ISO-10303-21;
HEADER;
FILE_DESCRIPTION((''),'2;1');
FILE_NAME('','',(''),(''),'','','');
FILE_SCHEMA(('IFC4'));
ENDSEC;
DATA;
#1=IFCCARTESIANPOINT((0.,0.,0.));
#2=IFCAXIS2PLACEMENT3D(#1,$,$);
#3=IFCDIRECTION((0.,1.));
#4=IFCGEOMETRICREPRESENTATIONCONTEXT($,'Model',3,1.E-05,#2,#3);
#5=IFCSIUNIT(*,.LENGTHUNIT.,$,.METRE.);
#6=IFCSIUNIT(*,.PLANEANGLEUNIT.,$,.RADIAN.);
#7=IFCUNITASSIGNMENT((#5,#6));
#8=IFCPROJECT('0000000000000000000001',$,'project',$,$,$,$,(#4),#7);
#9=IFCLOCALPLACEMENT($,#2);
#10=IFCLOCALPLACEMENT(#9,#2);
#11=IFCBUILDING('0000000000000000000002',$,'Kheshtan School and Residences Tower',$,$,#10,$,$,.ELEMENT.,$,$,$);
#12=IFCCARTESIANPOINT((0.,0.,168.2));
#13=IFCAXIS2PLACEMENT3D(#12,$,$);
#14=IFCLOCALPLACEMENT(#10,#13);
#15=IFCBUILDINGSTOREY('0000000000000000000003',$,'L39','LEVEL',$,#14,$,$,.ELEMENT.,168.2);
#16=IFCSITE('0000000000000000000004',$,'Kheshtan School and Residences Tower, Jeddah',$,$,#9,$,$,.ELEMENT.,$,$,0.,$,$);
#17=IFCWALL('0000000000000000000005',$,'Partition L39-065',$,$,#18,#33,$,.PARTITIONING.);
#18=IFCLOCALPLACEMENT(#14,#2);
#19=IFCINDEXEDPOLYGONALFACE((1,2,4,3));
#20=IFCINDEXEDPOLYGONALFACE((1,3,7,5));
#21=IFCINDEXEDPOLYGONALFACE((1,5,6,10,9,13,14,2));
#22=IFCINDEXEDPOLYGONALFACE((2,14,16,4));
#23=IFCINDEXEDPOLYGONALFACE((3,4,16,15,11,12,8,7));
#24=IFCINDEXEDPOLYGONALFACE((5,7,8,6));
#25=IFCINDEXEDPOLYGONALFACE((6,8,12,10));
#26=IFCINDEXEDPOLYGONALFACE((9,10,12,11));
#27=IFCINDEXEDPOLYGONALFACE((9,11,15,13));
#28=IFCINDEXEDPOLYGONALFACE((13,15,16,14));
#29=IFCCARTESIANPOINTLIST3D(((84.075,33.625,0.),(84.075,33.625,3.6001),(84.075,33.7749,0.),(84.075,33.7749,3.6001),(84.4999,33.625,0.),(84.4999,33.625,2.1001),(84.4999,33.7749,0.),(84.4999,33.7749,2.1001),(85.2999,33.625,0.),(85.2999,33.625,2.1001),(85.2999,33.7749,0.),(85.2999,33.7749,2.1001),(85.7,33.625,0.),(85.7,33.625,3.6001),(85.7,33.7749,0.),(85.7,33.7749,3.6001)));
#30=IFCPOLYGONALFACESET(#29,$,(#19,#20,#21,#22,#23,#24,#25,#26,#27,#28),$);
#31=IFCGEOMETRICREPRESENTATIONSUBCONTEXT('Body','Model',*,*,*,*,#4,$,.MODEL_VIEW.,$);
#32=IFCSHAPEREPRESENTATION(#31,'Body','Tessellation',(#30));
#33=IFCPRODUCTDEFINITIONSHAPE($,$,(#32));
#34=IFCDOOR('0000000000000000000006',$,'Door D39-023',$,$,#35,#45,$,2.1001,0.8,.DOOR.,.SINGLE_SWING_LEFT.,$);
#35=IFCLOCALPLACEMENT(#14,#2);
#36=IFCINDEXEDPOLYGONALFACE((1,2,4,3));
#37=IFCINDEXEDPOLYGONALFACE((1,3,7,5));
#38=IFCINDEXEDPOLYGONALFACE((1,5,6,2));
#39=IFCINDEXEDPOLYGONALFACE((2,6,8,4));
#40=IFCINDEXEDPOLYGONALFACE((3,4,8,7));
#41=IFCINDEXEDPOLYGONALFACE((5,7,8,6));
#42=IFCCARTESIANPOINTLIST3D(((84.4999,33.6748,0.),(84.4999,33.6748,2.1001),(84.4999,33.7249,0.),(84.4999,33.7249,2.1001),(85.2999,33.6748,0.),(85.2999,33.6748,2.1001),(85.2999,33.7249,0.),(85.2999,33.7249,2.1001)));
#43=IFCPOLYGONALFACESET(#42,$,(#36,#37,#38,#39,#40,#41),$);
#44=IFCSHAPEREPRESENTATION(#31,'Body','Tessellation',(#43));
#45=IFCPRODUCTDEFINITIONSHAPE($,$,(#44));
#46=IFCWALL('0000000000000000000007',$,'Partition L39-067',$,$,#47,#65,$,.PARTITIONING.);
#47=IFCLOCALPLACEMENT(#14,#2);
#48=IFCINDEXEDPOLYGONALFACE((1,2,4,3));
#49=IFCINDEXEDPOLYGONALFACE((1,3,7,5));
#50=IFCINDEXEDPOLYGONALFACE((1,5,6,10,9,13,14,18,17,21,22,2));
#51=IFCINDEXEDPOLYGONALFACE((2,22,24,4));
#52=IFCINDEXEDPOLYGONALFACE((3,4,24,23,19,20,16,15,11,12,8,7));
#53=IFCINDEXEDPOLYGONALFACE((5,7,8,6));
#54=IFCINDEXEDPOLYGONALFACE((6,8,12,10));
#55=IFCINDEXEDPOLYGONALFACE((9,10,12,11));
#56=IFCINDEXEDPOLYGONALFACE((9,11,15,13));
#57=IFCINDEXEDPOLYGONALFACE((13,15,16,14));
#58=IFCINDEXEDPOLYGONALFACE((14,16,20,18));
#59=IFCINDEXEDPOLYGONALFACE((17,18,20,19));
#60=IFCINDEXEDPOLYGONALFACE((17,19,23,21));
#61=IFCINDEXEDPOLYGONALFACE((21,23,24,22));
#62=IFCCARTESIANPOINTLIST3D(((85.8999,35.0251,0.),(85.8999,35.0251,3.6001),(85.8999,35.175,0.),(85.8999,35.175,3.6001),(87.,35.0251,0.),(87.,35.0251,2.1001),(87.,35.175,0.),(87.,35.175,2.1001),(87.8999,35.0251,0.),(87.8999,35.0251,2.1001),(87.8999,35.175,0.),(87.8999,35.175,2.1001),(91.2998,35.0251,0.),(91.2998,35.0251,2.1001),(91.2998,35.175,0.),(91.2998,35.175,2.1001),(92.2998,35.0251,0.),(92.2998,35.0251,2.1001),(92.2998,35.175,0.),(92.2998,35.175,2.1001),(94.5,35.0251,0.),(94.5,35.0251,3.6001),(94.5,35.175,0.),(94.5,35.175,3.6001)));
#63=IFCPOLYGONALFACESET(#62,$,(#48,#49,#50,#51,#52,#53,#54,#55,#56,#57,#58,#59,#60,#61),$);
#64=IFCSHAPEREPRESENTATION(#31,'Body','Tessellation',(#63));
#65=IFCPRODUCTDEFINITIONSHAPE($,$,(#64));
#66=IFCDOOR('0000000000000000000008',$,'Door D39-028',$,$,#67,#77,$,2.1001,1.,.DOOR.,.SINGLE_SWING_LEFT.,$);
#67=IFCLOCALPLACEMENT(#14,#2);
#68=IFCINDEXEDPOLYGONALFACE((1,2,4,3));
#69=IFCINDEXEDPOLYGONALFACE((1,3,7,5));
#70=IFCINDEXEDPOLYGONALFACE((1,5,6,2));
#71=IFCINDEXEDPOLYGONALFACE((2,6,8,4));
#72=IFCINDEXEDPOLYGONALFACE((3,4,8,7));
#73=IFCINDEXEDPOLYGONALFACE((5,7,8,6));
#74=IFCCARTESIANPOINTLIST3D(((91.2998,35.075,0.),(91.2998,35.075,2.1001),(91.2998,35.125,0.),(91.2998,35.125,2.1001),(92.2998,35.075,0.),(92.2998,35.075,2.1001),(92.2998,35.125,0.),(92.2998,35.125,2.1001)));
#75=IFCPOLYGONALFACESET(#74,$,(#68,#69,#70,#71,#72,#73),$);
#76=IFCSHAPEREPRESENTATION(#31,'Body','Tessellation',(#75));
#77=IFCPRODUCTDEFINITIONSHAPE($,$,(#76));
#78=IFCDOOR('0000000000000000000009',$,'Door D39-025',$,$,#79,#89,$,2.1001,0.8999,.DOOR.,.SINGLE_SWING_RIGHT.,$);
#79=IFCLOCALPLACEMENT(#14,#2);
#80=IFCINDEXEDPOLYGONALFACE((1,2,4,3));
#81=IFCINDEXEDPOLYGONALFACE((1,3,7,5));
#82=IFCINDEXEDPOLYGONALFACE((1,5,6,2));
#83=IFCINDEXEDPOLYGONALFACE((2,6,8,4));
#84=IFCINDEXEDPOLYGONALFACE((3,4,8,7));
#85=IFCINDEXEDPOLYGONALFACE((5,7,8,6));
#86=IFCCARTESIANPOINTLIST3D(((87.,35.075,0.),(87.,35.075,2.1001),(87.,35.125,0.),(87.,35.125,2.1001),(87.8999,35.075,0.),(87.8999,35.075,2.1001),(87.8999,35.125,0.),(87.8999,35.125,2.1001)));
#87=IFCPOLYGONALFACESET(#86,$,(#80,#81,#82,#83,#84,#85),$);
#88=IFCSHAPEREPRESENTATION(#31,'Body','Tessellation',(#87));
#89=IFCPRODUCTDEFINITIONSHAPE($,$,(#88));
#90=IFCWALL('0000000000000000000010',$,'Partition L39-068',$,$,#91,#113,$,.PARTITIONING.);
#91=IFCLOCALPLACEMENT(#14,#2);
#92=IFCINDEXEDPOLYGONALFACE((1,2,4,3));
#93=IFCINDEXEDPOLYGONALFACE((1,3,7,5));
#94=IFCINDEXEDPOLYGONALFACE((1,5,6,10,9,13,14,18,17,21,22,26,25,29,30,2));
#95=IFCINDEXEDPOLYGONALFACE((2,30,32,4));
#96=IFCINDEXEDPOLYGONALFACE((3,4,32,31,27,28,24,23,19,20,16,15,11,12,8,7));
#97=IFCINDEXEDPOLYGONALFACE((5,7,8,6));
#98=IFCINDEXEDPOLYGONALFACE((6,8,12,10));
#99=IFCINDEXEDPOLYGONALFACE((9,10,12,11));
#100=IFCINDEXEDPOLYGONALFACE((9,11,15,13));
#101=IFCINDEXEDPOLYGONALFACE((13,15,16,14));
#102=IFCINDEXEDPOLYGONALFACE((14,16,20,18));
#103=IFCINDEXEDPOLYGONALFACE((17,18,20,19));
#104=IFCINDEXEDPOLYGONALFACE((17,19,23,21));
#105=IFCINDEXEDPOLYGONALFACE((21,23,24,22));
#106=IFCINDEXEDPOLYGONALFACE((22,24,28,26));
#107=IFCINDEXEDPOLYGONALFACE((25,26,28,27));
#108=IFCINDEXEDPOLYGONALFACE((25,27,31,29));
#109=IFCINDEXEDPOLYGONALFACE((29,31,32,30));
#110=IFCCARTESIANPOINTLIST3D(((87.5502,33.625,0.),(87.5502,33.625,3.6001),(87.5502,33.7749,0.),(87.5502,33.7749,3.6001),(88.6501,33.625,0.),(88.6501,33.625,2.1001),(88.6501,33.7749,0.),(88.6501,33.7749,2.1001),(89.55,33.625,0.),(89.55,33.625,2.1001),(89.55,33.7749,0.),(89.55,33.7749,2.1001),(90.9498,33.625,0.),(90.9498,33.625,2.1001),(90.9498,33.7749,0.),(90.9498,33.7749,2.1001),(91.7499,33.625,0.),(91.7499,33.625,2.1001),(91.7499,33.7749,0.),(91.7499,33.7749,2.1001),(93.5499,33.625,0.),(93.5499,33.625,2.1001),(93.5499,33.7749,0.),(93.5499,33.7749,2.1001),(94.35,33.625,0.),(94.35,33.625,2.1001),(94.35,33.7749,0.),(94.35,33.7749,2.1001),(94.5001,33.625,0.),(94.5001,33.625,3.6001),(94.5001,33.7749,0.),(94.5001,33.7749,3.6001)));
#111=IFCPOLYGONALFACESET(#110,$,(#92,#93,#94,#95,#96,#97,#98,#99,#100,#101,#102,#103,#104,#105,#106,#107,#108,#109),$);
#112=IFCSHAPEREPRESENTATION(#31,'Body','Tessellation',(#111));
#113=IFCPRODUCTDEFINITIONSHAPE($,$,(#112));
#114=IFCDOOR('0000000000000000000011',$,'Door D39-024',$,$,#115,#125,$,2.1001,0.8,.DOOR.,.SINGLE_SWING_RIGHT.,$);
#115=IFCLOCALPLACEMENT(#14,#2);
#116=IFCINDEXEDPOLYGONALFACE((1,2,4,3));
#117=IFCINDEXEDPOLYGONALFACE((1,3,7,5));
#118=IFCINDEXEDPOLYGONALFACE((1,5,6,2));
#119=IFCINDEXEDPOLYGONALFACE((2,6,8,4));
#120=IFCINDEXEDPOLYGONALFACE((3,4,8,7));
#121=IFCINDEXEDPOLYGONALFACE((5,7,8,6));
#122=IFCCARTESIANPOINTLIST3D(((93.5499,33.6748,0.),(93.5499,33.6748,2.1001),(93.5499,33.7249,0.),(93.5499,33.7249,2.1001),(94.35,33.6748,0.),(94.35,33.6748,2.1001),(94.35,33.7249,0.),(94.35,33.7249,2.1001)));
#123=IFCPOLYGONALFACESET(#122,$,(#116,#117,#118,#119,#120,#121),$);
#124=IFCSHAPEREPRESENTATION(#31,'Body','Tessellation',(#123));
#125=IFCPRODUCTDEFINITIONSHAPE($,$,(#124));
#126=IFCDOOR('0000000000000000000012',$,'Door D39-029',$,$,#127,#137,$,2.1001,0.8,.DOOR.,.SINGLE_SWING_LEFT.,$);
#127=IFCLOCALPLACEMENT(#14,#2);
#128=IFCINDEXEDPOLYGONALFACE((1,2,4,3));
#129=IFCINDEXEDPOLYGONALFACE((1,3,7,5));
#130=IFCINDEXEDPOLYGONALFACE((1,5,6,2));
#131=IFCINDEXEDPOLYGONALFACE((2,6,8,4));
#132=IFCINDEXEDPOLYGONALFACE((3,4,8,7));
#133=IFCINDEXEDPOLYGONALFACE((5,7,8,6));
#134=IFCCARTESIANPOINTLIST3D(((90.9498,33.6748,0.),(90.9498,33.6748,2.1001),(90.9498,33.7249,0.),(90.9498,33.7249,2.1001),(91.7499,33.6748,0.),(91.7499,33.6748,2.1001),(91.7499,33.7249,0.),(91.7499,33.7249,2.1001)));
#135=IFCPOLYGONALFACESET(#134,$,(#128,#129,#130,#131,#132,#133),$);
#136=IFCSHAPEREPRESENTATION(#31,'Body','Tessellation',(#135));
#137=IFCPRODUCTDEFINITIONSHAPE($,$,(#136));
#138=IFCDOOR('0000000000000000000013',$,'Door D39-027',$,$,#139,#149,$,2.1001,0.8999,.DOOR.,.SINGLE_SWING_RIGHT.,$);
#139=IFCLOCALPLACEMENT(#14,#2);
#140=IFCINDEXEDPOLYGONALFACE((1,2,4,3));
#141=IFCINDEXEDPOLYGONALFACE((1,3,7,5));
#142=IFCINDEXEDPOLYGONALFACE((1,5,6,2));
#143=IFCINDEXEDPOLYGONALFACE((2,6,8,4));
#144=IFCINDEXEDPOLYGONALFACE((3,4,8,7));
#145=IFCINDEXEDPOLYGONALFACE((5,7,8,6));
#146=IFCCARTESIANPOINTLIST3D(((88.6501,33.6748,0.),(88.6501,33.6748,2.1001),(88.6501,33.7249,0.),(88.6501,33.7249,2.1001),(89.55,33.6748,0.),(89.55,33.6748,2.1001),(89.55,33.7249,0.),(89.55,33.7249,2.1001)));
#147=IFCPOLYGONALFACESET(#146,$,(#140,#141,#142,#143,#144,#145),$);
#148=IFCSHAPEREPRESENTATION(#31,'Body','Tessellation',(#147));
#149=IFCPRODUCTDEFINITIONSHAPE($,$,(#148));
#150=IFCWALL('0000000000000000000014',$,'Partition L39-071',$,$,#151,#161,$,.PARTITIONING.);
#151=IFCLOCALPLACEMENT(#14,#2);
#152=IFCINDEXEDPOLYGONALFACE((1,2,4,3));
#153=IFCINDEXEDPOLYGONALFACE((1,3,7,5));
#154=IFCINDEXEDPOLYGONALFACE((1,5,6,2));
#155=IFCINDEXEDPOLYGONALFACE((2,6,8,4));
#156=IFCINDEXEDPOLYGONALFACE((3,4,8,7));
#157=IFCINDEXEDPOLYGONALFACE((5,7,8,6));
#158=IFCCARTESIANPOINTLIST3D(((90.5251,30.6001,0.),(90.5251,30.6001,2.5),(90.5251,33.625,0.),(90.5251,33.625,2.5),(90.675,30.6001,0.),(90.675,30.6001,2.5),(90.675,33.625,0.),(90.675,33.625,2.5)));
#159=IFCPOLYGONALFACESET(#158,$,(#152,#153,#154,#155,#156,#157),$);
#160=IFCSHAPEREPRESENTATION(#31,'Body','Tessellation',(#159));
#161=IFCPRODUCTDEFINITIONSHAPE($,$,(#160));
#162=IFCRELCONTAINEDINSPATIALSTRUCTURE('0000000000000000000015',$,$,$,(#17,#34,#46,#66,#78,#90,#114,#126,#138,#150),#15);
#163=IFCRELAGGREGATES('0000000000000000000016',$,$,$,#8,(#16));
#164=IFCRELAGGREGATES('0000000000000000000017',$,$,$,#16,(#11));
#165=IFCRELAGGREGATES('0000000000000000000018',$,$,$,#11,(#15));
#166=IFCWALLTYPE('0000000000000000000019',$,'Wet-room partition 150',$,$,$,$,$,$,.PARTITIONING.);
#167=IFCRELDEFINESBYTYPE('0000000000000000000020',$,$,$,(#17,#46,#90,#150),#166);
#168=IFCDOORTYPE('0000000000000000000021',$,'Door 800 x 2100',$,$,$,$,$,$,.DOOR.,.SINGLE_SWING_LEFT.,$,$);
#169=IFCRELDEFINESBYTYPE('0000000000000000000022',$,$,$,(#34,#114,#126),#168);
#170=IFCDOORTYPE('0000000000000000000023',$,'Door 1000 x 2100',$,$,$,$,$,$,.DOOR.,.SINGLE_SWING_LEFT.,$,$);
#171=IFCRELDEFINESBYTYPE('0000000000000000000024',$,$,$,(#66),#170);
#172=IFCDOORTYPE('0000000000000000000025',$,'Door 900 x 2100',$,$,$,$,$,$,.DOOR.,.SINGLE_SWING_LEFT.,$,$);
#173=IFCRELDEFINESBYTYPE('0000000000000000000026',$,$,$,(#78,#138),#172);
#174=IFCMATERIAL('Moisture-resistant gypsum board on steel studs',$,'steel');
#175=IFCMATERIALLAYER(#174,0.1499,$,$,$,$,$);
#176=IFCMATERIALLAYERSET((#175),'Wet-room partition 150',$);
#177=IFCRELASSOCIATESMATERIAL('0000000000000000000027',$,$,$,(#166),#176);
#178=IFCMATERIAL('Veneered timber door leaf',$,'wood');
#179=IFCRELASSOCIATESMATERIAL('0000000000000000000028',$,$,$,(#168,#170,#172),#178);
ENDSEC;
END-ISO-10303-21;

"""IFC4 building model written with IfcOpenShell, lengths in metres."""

from ifc_helpers import new_model, si_unit, direction, frame, frame_2d, origin, place, context, subcontext, project, spatial, rectangle, extrude, source, transform, mapped, material, layer, layer_set, type_object, element, fill, save


model = new_model("IFC4")

# Units and contexts
model_context = context("Model", 3, precision=1e-05, world=origin(), true_north=direction((0.0, 1.0)))
body_context = subcontext(model_context, "Body", "Model", "MODEL_VIEW")
ifc_project = project(units=[si_unit("LENGTHUNIT", "METRE"), si_unit("PLANEANGLEUNIT", "RADIAN")], contexts=[model_context])

# Site, building, storey
site_placement = place(None, origin())
site = spatial("IfcSite", under=ifc_project, at=site_placement, Name="Kheshtan School and Residences Tower, Jeddah", CompositionType="ELEMENT", RefElevation=0.0)
building_placement = place(site_placement, origin())
building = spatial("IfcBuilding", under=site, at=building_placement, Name="Kheshtan School and Residences Tower", CompositionType="ELEMENT")
storey_placement = place(building_placement, frame((0.0, 0.0, 168.2)))
storey = spatial("IfcBuildingStorey", under=building, at=storey_placement, Name="L39", Description="LEVEL", CompositionType="ELEMENT", Elevation=168.2)

# Wall, opening, door
ifc_material_1 = material(Name="Moisture-resistant gypsum board on steel studs", Category="steel")
ifc_layer_1 = layer(ifc_material_1, 0.1499)
ifc_layer_set_1 = layer_set([ifc_layer_1], Name="Wet-room partition 150")
wall_type_1 = type_object("IfcWallType", Name="Wet-room partition 150", PredefinedType="PARTITIONING", material=ifc_layer_set_1)
wall_1_placement = place(storey_placement, frame((84.075, 33.7, 0.0), z_axis=(0.0, 0.0, 1.0), x_axis=(1.0, 0.0, 0.0)))
wall_1 = element("IfcWall", 1, at=wall_1_placement, inside=storey, type_object=wall_type_1, Name="Partition L39-065", PredefinedType="PARTITIONING", context=body_context, shape_type="SweptSolid", body=[
    extrude(rectangle(XDim=1.625, YDim=0.1499, at=frame_2d((0.8125, 0.0))), origin(), (0.0, 0.0, 1.0), 3.6001),
])
opening_1_placement = place(wall_1_placement, frame((0.425, 0.0, 0.0)))
opening_1 = element("IfcOpeningElement", 2, at=opening_1_placement, cuts=wall_1, PredefinedType="OPENING", context=body_context, shape_type="SweptSolid", body=[
    extrude(rectangle(XDim=0.8, YDim=2.1001, at=frame_2d((0.3999, 1.05))), frame((0.0, 0.085, 0.0), z_axis=(0.0, -1.0, 0.0), x_axis=(1.0, 0.0, 0.0)), (0.0, 0.0, 1.0), 0.1699),
])
ifc_material_2 = material(Name="Veneered timber door leaf", Category="wood")
door_type_1 = type_object("IfcDoorType", Name="Door 800 x 2100", OperationType="SINGLE_SWING_LEFT", PredefinedType="DOOR", material=ifc_material_2)
shared_shape_1 = source(origin(), body_context, "Body", "SweptSolid", [
    extrude(rectangle(XDim=0.8, YDim=2.1001, at=frame_2d((0.3999, 1.05))), frame((0.0, 0.0249, 0.0), z_axis=(0.0, -1.0, 0.0), x_axis=(1.0, 0.0, 0.0)), (0.0, 0.0, 1.0), 0.05),
])
door_1_placement = place(opening_1_placement, origin())
door_1 = element("IfcDoor", 3, at=door_1_placement, inside=storey, type_object=door_type_1, Name="Door D39-023", OperationType="SINGLE_SWING_LEFT", OverallHeight=2.1001, OverallWidth=0.8, PredefinedType="DOOR", context=body_context, shape_type="MappedRepresentation", body=[
    mapped(shared_shape_1, transform((0.0, 0.0, 0.0), x_axis=(1.0, 0.0, 0.0), y_axis=(0.0, 1.0, 0.0), z_axis=(0.0, 0.0, 1.0), scale=1.0)),
])
fill(opening_1, door_1)

# Walls, openings, doors
wall_2_placement = place(storey_placement, frame((85.8999, 35.1001, 0.0), z_axis=(0.0, 0.0, 1.0), x_axis=(1.0, 0.0, 0.0)))
wall_2 = element("IfcWall", 4, at=wall_2_placement, inside=storey, type_object=wall_type_1, Name="Partition L39-067", PredefinedType="PARTITIONING", context=body_context, shape_type="SweptSolid", body=[
    extrude(rectangle(XDim=8.6001, YDim=0.1499, at=frame_2d((4.3, 0.0))), origin(), (0.0, 0.0, 1.0), 3.6001),
])
opening_2_placement = place(wall_2_placement, frame((1.1001, 0.0, 0.0)))
opening_2 = element("IfcOpeningElement", 5, at=opening_2_placement, cuts=wall_2, PredefinedType="OPENING", context=body_context, shape_type="SweptSolid", body=[
    extrude(rectangle(XDim=0.8999, YDim=2.1001, at=frame_2d((0.45, 1.05))), frame((0.0, 0.085, 0.0), z_axis=(0.0, -1.0, 0.0), x_axis=(1.0, 0.0, 0.0)), (0.0, 0.0, 1.0), 0.1699),
])
opening_3_placement = place(wall_2_placement, frame((5.3999, 0.0, 0.0)))
opening_3 = element("IfcOpeningElement", 6, at=opening_3_placement, cuts=wall_2, PredefinedType="OPENING", context=body_context, shape_type="SweptSolid", body=[
    extrude(rectangle(XDim=1.0, YDim=2.1001, at=frame_2d((0.5, 1.05))), frame((0.0, 0.085, 0.0), z_axis=(0.0, -1.0, 0.0), x_axis=(1.0, 0.0, 0.0)), (0.0, 0.0, 1.0), 0.1699),
])
door_type_2 = type_object("IfcDoorType", Name="Door 1000 x 2100", OperationType="SINGLE_SWING_LEFT", PredefinedType="DOOR", material=ifc_material_2)
shared_shape_2 = source(origin(), body_context, "Body", "SweptSolid", [
    extrude(rectangle(XDim=1.0, YDim=2.1001, at=frame_2d((0.5, 1.05))), frame((0.0, 0.0249, 0.0), z_axis=(0.0, -1.0, 0.0), x_axis=(1.0, 0.0, 0.0)), (0.0, 0.0, 1.0), 0.05),
])
door_2_placement = place(opening_3_placement, origin())
door_2 = element("IfcDoor", 7, at=door_2_placement, inside=storey, type_object=door_type_2, Name="Door D39-028", OperationType="SINGLE_SWING_LEFT", OverallHeight=2.1001, OverallWidth=1.0, PredefinedType="DOOR", context=body_context, shape_type="MappedRepresentation", body=[
    mapped(shared_shape_2, transform((0.0, 0.0, 0.0), x_axis=(1.0, 0.0, 0.0), y_axis=(0.0, 1.0, 0.0), z_axis=(0.0, 0.0, 1.0), scale=1.0)),
])
fill(opening_3, door_2)
door_type_3 = type_object("IfcDoorType", Name="Door 900 x 2100", OperationType="SINGLE_SWING_LEFT", PredefinedType="DOOR", material=ifc_material_2)
shared_shape_3 = source(origin(), body_context, "Body", "SweptSolid", [
    extrude(rectangle(XDim=0.8999, YDim=2.1001, at=frame_2d((0.45, 1.05))), frame((0.0, 0.0249, 0.0), z_axis=(0.0, -1.0, 0.0), x_axis=(1.0, 0.0, 0.0)), (0.0, 0.0, 1.0), 0.05),
])
door_3_placement = place(opening_2_placement, origin())
door_3 = element("IfcDoor", 8, at=door_3_placement, inside=storey, type_object=door_type_3, Name="Door D39-025", OperationType="SINGLE_SWING_RIGHT", OverallHeight=2.1001, OverallWidth=0.8999, PredefinedType="DOOR", context=body_context, shape_type="MappedRepresentation", body=[
    mapped(shared_shape_3, transform((0.0, 0.0, 0.0), x_axis=(1.0, 0.0, 0.0), y_axis=(0.0, 1.0, 0.0), z_axis=(0.0, 0.0, 1.0), scale=1.0)),
])
fill(opening_2, door_3)
wall_3_placement = place(storey_placement, frame((87.55, 33.7, 0.0), z_axis=(0.0, 0.0, 1.0), x_axis=(1.0, 0.0, 0.0)))
wall_3 = element("IfcWall", 9, at=wall_3_placement, inside=storey, type_object=wall_type_1, Name="Partition L39-068", PredefinedType="PARTITIONING", context=body_context, shape_type="SweptSolid", body=[
    extrude(rectangle(XDim=6.95, YDim=0.1499, at=frame_2d((3.4751, 0.0))), origin(), (0.0, 0.0, 1.0), 3.6001),
])
opening_4_placement = place(wall_3_placement, frame((6.0, 0.0, 0.0)))
opening_4 = element("IfcOpeningElement", 10, at=opening_4_placement, cuts=wall_3, PredefinedType="OPENING", context=body_context, shape_type="SweptSolid", body=[
    extrude(rectangle(XDim=0.8, YDim=2.1001, at=frame_2d((0.3999, 1.05))), frame((0.0, 0.085, 0.0), z_axis=(0.0, -1.0, 0.0), x_axis=(1.0, 0.0, 0.0)), (0.0, 0.0, 1.0), 0.1699),
])
opening_5_placement = place(wall_3_placement, frame((1.1001, 0.0, 0.0)))
opening_5 = element("IfcOpeningElement", 11, at=opening_5_placement, cuts=wall_3, PredefinedType="OPENING", context=body_context, shape_type="SweptSolid", body=[
    extrude(rectangle(XDim=0.8999, YDim=2.1001, at=frame_2d((0.45, 1.05))), frame((0.0, 0.085, 0.0), z_axis=(0.0, -1.0, 0.0), x_axis=(1.0, 0.0, 0.0)), (0.0, 0.0, 1.0), 0.1699),
])
opening_6_placement = place(wall_3_placement, frame((3.3999, 0.0, 0.0)))
opening_6 = element("IfcOpeningElement", 12, at=opening_6_placement, cuts=wall_3, PredefinedType="OPENING", context=body_context, shape_type="SweptSolid", body=[
    extrude(rectangle(XDim=0.8, YDim=2.1001, at=frame_2d((0.3999, 1.05))), frame((0.0, 0.085, 0.0), z_axis=(0.0, -1.0, 0.0), x_axis=(1.0, 0.0, 0.0)), (0.0, 0.0, 1.0), 0.1699),
])
door_4_placement = place(opening_4_placement, origin())
door_4 = element("IfcDoor", 13, at=door_4_placement, inside=storey, type_object=door_type_1, Name="Door D39-024", OperationType="SINGLE_SWING_RIGHT", OverallHeight=2.1001, OverallWidth=0.8, PredefinedType="DOOR", context=body_context, shape_type="MappedRepresentation", body=[
    mapped(shared_shape_1, transform((0.0, 0.0, 0.0), x_axis=(1.0, 0.0, 0.0), y_axis=(0.0, 1.0, 0.0), z_axis=(0.0, 0.0, 1.0), scale=1.0)),
])
fill(opening_4, door_4)
door_5_placement = place(opening_6_placement, origin())
door_5 = element("IfcDoor", 14, at=door_5_placement, inside=storey, type_object=door_type_1, Name="Door D39-029", OperationType="SINGLE_SWING_LEFT", OverallHeight=2.1001, OverallWidth=0.8, PredefinedType="DOOR", context=body_context, shape_type="MappedRepresentation", body=[
    mapped(shared_shape_1, transform((0.0, 0.0, 0.0), x_axis=(1.0, 0.0, 0.0), y_axis=(0.0, 1.0, 0.0), z_axis=(0.0, 0.0, 1.0), scale=1.0)),
])
fill(opening_6, door_5)
door_6_placement = place(opening_5_placement, origin())
door_6 = element("IfcDoor", 15, at=door_6_placement, inside=storey, type_object=door_type_3, Name="Door D39-027", OperationType="SINGLE_SWING_RIGHT", OverallHeight=2.1001, OverallWidth=0.8999, PredefinedType="DOOR", context=body_context, shape_type="MappedRepresentation", body=[
    mapped(shared_shape_3, transform((0.0, 0.0, 0.0), x_axis=(1.0, 0.0, 0.0), y_axis=(0.0, 1.0, 0.0), z_axis=(0.0, 0.0, 1.0), scale=1.0)),
])
fill(opening_5, door_6)

# Wall
wall_4_placement = place(storey_placement, frame((90.6001, 30.6001, 0.0), z_axis=(0.0, 0.0, 1.0), x_axis=(0.0, 1.0, 0.0)))
element("IfcWall", 16, at=wall_4_placement, inside=storey, type_object=wall_type_1, Name="Partition L39-071", PredefinedType="PARTITIONING", context=body_context, shape_type="SweptSolid", body=[
    extrude(rectangle(XDim=3.0249, YDim=0.1499, at=frame_2d((1.5125, 0.0))), origin(), (0.0, 0.0, 1.0), 2.5),
])

save(model, "model.ifc")
